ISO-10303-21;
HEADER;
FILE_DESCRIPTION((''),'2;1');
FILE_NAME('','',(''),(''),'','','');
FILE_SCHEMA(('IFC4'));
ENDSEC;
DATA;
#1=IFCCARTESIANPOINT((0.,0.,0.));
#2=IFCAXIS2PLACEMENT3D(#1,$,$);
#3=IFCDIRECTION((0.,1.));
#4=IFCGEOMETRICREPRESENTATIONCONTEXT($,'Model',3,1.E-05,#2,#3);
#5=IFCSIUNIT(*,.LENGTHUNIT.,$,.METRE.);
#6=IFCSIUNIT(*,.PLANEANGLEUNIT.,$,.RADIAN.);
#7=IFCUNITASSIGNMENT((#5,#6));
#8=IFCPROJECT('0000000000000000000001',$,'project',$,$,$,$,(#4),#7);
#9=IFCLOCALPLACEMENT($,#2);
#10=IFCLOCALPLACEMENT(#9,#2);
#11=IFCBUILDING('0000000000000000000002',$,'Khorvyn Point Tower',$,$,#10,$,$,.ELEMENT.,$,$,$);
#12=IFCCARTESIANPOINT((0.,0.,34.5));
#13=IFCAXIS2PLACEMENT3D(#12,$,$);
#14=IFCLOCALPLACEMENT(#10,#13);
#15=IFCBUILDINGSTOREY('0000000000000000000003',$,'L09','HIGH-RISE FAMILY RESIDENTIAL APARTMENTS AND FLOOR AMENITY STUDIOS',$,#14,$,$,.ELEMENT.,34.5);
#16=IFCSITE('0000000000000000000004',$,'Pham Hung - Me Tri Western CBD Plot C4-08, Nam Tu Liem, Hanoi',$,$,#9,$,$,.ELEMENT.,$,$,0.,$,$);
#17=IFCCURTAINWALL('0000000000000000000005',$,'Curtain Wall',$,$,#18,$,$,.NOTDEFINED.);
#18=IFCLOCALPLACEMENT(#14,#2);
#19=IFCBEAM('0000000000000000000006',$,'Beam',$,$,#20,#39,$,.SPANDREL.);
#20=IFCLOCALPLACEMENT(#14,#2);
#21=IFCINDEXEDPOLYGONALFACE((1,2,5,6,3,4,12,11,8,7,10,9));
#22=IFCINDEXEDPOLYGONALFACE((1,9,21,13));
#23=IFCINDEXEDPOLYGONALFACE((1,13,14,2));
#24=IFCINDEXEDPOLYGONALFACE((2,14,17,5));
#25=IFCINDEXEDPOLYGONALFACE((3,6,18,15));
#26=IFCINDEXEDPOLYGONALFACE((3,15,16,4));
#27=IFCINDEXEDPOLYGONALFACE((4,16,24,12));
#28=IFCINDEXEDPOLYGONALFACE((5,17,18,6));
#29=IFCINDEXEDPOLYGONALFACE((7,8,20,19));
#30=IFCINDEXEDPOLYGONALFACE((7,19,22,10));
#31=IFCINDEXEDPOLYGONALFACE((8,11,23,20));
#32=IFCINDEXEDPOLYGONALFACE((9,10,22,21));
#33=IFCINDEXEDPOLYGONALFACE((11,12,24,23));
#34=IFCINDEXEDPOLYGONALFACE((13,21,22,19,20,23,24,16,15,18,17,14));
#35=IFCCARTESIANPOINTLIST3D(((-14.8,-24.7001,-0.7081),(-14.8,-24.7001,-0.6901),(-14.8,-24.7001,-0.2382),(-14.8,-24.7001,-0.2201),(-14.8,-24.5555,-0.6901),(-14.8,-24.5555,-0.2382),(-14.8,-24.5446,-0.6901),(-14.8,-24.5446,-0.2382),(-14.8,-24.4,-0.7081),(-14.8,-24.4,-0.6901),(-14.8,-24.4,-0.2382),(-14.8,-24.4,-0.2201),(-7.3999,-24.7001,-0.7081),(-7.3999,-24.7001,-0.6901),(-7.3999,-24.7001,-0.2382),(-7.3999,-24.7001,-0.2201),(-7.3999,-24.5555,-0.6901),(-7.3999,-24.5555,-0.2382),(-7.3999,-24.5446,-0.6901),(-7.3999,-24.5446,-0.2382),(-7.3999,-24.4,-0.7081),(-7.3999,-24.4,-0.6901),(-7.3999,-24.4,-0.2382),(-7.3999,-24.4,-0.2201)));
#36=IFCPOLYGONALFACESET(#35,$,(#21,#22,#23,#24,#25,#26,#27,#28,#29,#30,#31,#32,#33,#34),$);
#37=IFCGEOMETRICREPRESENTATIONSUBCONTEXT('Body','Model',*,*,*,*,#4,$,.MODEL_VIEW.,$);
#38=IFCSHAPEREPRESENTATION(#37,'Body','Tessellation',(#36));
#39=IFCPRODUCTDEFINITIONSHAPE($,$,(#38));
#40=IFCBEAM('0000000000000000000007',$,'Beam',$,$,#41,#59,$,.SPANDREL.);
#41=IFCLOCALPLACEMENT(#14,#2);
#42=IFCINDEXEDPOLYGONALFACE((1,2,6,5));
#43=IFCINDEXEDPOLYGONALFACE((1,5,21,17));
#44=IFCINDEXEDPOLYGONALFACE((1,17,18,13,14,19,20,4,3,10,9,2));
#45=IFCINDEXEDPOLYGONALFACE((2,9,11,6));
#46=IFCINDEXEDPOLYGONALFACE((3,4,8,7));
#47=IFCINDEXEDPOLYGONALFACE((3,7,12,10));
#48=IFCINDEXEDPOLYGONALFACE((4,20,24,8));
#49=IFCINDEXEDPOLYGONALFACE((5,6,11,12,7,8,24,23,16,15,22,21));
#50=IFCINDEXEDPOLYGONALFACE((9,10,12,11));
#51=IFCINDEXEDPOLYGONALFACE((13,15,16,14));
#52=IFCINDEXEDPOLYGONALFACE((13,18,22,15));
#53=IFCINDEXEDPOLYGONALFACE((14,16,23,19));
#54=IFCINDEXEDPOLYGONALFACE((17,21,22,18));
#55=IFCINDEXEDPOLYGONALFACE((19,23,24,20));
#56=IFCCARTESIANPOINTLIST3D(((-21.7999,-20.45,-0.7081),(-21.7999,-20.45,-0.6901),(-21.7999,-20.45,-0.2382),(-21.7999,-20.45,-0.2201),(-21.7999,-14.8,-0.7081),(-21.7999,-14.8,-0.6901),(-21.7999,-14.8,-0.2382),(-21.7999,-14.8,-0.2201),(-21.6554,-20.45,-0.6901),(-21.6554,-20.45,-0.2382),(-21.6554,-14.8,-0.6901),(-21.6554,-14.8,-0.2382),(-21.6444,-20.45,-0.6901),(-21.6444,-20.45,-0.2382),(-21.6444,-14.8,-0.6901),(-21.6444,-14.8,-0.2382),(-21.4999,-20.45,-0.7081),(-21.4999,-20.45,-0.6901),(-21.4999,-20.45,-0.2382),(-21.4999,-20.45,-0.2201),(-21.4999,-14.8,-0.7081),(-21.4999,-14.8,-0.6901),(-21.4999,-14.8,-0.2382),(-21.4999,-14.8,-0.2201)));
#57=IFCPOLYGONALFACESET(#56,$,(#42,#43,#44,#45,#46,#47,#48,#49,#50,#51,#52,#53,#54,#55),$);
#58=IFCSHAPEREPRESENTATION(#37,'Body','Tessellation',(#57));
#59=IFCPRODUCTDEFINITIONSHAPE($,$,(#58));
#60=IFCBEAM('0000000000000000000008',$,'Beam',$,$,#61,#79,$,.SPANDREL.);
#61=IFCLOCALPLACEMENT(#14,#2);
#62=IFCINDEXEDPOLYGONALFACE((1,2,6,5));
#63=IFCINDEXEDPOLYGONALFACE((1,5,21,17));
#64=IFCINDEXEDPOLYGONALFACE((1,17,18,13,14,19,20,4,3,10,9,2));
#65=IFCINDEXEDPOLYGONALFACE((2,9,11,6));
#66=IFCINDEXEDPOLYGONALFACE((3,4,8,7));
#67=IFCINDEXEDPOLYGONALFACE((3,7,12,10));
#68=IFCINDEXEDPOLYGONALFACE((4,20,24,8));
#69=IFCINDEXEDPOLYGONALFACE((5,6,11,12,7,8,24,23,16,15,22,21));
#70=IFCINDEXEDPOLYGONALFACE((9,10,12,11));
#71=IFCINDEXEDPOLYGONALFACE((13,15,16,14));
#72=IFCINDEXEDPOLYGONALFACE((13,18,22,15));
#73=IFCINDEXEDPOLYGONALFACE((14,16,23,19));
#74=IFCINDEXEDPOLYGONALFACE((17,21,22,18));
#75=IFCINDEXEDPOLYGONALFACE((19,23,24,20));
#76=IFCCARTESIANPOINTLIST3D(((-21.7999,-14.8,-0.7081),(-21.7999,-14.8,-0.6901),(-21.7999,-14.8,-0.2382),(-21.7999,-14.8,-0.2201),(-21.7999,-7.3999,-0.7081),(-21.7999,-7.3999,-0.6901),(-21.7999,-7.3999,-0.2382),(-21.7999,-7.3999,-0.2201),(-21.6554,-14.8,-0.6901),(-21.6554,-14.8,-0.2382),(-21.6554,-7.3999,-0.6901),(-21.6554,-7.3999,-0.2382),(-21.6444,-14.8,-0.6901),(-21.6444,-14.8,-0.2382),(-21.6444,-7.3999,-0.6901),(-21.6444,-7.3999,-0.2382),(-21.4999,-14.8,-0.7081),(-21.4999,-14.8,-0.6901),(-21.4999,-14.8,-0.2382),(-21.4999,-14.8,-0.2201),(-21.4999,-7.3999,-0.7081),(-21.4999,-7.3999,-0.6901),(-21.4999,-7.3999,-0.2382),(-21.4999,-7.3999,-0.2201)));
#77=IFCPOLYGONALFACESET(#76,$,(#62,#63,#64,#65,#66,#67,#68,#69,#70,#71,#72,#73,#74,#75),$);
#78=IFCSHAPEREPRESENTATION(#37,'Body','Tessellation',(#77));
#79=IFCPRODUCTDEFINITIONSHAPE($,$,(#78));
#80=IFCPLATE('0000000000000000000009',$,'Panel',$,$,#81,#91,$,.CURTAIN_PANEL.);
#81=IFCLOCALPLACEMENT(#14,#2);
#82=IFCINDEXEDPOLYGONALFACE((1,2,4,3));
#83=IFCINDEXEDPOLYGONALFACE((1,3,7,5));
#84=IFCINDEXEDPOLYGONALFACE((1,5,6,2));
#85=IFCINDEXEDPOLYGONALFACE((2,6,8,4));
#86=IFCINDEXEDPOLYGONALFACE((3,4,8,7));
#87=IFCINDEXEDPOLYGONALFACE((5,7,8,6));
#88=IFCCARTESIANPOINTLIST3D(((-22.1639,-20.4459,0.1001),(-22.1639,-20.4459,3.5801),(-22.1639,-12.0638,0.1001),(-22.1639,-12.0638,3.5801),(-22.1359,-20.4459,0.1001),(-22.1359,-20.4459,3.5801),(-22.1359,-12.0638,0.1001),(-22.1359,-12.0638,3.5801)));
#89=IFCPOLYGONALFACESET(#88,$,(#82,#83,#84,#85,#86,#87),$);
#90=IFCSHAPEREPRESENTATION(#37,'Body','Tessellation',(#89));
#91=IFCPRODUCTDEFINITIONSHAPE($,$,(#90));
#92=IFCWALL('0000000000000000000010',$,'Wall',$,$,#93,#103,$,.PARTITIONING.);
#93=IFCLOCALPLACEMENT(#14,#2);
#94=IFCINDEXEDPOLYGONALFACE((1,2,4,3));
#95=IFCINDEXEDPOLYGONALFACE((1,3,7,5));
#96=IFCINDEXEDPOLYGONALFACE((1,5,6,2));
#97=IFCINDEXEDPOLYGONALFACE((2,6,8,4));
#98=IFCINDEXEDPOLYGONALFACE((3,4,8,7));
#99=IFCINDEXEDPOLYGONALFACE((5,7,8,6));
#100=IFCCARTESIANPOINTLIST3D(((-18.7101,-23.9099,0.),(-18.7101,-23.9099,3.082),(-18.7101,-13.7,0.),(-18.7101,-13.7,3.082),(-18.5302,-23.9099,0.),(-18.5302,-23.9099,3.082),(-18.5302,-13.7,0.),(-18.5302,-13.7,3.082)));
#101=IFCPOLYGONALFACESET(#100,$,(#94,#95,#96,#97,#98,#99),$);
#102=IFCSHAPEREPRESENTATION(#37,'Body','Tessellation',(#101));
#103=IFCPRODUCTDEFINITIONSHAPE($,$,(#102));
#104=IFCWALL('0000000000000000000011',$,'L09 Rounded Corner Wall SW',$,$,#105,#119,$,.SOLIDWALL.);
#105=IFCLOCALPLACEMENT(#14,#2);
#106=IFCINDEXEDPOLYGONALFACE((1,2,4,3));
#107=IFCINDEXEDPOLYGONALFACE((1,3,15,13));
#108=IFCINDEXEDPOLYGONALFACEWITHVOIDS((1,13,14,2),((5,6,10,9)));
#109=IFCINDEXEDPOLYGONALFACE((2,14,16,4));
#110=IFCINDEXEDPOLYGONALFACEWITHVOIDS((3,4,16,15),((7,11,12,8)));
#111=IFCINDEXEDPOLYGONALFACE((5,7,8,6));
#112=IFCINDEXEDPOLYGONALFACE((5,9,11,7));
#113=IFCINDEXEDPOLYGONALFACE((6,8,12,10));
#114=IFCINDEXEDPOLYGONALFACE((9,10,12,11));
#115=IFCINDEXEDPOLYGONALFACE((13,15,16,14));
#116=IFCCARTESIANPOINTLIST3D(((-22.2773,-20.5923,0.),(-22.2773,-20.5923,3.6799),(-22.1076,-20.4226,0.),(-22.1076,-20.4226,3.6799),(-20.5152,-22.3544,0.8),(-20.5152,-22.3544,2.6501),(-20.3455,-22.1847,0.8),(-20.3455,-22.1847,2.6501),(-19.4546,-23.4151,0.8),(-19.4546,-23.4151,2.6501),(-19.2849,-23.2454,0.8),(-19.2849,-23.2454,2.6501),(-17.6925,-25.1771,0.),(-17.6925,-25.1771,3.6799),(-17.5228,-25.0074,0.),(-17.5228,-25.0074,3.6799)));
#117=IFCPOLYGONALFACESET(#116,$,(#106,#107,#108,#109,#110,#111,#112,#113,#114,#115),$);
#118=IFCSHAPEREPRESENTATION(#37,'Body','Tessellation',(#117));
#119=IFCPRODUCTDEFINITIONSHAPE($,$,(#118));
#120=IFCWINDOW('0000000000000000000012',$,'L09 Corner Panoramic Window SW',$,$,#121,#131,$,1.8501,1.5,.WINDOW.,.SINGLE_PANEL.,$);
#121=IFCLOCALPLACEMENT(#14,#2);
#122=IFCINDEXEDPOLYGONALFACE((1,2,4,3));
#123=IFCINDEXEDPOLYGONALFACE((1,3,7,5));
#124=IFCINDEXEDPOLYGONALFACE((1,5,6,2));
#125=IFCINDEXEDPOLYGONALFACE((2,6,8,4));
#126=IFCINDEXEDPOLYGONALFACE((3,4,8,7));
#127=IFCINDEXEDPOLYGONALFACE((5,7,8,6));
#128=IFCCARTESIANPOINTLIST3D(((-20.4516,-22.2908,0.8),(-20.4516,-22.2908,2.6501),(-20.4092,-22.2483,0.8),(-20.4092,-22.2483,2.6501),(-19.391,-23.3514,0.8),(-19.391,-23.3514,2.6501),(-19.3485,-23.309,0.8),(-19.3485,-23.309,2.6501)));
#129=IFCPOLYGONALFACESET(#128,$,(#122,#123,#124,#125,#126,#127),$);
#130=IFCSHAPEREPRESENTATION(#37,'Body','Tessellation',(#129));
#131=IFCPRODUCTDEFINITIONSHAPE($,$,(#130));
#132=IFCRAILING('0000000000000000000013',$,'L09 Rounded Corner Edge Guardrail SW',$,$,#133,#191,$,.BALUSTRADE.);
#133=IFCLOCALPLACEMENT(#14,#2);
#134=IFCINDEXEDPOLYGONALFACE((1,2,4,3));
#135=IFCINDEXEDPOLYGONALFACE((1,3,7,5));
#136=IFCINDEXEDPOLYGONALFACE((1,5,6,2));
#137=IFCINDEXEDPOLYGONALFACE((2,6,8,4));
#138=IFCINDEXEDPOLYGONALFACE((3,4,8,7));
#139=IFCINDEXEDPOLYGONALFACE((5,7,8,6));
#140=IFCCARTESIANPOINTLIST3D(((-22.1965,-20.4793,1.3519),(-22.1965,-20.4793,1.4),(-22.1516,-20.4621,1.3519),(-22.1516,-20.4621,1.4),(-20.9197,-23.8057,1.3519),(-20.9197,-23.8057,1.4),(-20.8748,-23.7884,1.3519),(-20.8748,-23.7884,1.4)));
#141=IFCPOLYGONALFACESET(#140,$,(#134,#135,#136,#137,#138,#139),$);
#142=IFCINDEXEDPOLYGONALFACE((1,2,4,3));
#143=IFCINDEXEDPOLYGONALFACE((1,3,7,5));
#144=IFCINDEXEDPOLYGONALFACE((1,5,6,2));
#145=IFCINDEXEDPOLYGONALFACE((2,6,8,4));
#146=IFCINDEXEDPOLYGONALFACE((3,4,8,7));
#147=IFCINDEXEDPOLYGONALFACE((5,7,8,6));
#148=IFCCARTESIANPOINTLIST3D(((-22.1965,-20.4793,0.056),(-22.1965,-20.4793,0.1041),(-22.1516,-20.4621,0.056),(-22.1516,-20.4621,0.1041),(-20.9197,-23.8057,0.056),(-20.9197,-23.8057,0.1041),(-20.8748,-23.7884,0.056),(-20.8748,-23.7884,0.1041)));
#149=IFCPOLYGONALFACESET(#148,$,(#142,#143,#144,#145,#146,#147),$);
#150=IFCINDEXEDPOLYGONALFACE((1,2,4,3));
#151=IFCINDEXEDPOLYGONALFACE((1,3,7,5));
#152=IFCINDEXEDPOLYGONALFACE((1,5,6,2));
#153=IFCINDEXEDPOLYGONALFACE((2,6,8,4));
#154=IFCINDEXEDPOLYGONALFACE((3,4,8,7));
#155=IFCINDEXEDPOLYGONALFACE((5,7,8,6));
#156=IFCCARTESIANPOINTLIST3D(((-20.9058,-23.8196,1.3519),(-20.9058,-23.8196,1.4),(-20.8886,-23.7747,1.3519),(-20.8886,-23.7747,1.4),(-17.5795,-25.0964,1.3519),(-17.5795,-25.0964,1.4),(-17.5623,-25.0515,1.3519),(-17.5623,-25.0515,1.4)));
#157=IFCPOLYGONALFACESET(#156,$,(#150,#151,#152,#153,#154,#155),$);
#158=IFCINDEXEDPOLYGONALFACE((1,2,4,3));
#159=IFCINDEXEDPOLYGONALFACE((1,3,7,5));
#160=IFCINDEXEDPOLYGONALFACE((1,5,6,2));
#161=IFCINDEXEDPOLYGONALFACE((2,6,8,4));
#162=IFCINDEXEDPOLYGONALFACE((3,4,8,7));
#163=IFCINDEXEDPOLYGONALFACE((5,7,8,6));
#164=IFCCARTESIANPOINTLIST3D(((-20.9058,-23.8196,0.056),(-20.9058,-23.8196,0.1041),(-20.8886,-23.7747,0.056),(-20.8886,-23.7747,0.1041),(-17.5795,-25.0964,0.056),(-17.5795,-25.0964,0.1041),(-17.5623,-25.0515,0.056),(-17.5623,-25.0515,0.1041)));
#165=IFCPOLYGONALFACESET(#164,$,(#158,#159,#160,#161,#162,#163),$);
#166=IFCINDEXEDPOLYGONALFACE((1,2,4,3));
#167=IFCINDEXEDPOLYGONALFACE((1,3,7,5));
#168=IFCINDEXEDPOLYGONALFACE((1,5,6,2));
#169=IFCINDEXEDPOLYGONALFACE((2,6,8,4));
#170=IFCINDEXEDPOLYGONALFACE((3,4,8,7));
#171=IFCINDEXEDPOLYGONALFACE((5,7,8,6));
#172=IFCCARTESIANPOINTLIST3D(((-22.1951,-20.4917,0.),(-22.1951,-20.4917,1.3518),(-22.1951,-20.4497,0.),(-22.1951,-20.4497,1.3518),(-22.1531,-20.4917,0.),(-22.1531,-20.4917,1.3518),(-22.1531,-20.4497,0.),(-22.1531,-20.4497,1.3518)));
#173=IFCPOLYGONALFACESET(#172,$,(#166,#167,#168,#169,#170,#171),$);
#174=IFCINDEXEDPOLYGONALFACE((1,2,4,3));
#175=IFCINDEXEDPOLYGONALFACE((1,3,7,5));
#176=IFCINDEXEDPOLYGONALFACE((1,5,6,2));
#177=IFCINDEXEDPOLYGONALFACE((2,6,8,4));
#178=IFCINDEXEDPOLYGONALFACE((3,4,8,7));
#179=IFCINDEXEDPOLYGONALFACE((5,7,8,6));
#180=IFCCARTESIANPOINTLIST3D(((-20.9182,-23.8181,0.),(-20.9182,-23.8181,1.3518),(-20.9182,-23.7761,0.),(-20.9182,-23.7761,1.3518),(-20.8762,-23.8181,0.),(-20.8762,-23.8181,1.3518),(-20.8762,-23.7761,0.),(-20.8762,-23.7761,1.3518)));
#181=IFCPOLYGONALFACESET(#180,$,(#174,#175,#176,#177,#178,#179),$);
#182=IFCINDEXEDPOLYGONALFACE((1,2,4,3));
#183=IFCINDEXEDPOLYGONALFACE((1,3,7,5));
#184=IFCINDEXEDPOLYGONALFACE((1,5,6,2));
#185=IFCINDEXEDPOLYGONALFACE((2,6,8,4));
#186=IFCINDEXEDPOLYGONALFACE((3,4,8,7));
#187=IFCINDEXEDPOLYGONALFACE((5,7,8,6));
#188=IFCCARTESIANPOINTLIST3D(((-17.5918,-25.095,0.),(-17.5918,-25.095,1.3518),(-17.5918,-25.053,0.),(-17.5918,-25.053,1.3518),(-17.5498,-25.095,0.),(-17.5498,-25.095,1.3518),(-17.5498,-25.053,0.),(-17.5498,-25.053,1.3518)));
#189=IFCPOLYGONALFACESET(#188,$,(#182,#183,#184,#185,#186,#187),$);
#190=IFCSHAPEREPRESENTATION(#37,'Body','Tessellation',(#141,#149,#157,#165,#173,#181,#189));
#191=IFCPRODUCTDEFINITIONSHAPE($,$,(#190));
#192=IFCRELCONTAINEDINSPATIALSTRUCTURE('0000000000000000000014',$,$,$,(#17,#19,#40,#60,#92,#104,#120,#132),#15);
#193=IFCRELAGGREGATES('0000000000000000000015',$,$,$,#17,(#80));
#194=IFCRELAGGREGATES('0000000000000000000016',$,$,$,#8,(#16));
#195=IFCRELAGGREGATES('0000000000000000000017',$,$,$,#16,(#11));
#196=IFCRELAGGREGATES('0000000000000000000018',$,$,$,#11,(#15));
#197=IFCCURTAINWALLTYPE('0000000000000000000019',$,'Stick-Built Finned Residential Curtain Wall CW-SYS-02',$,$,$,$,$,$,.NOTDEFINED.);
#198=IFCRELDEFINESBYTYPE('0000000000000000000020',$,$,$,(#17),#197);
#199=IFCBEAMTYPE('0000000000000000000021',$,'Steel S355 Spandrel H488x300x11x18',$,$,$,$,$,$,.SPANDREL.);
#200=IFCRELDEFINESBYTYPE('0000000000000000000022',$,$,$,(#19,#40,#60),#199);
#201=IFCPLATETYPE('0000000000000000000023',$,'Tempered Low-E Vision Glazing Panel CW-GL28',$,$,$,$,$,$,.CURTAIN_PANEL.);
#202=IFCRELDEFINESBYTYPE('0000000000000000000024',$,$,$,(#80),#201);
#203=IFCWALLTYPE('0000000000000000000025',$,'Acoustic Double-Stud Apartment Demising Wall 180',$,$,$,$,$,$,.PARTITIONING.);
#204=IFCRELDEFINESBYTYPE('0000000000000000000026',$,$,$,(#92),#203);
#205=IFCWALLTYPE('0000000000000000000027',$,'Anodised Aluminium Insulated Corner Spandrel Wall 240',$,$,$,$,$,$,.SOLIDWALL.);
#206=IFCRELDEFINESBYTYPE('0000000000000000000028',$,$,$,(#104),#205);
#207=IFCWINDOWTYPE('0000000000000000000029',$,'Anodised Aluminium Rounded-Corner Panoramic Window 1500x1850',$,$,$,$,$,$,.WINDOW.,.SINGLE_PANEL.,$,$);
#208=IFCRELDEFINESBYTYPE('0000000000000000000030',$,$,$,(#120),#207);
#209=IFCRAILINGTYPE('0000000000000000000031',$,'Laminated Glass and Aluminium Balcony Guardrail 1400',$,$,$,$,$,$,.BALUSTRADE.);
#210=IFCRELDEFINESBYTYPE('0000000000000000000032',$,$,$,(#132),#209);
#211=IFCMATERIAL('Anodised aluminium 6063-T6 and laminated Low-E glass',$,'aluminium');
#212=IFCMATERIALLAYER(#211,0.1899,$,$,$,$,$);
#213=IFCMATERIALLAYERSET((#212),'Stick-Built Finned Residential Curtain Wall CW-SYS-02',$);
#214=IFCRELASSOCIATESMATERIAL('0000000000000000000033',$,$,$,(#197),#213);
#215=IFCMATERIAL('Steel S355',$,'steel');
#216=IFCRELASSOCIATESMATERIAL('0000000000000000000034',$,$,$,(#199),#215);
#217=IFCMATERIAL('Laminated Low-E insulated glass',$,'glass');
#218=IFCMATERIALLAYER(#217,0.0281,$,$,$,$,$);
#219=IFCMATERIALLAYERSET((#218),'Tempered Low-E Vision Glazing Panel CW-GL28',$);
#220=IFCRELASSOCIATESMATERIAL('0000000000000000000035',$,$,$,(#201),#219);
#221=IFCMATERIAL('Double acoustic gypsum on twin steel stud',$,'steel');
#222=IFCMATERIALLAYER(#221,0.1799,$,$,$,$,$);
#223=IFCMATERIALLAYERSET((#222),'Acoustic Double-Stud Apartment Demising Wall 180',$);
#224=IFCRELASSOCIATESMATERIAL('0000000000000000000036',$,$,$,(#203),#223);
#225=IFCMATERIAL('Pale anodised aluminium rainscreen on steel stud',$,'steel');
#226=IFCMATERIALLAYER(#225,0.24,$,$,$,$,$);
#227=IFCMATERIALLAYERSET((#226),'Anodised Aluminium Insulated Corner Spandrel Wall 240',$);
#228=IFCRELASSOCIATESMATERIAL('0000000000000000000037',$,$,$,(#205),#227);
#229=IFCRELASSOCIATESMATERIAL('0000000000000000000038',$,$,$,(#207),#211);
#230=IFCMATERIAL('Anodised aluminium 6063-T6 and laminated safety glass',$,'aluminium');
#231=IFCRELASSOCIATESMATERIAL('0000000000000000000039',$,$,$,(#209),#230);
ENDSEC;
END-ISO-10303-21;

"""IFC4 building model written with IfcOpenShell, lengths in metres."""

from ifc_helpers import new_model, si_unit, direction, frame, frame_2d, origin, origin_2d, place, context, subcontext, project, spatial, rectangle, i_section, extrude, material, layer, layer_set, material_profile, profile_set, type_object, element, fill, aggregate, save


model = new_model("IFC4")

# Units and contexts
model_context = context("Model", 3, precision=1e-05, world=origin(), true_north=direction((0.0, 1.0)))
body_context = subcontext(model_context, "Body", "Model", "MODEL_VIEW")
ifc_project = project(units=[si_unit("LENGTHUNIT", "METRE"), si_unit("PLANEANGLEUNIT", "RADIAN")], contexts=[model_context])

# Site, building, storey
site_placement = place(None, origin())
site = spatial("IfcSite", under=ifc_project, at=site_placement, Name="Pham Hung - Me Tri Western CBD Plot C4-08, Nam Tu Liem, Hanoi", CompositionType="ELEMENT", RefElevation=0.0)
building_placement = place(site_placement, origin())
building = spatial("IfcBuilding", under=site, at=building_placement, Name="Khorvyn Point Tower", CompositionType="ELEMENT")
storey_placement = place(building_placement, frame((0.0, 0.0, 34.5)))
storey = spatial("IfcBuildingStorey", under=building, at=storey_placement, Name="L09", Description="HIGH-RISE FAMILY RESIDENTIAL APARTMENTS AND FLOOR AMENITY STUDIOS", CompositionType="ELEMENT", Elevation=34.5)

# Shared definitions
ifc_material_1 = material(Name="Anodised aluminium 6063-T6 and laminated Low-E glass", Category="aluminium")
ifc_layer_1 = layer(ifc_material_1, 0.1899)
ifc_layer_set_1 = layer_set([ifc_layer_1], Name="Stick-Built Finned Residential Curtain Wall CW-SYS-02")
curtain_wall_type = type_object("IfcCurtainWallType", Name="Stick-Built Finned Residential Curtain Wall CW-SYS-02", PredefinedType="NOTDEFINED", material=ifc_layer_set_1)

# Curtain wall
curtain_wall_1_placement = place(storey_placement, origin())
curtain_wall_1 = element("IfcCurtainWall", 1, at=curtain_wall_1_placement, inside=storey, type_object=curtain_wall_type, Name="Curtain Wall", PredefinedType="NOTDEFINED")

# Beams
ifc_material_2 = material(Name="Steel S355", Category="steel")
ifc_material_profile_1 = material_profile(ifc_material_2, i_section(OverallWidth=0.3, OverallDepth=0.488, WebThickness=0.011, FlangeThickness=0.0181, at=origin_2d()))
ifc_profile_set_1 = profile_set([ifc_material_profile_1], Name="Steel S355 H488x300x11x18")
beam_type_1 = type_object("IfcBeamType", Name="Steel S355 Spandrel H488x300x11x18", PredefinedType="SPANDREL", material=ifc_profile_set_1)
beam_1_placement = place(storey_placement, frame((-14.8, -24.55, -0.4641), z_axis=(1.0, 0.0, 0.0), x_axis=(0.0, 1.0, 0.0)))
element("IfcBeam", 2, at=beam_1_placement, inside=storey, type_object=beam_type_1, Name="Beam", PredefinedType="SPANDREL", context=body_context, shape_type="SweptSolid", body=[
    extrude(i_section(OverallWidth=0.3, OverallDepth=0.488, WebThickness=0.011, FlangeThickness=0.0181, at=origin_2d()), origin(), (0.0, 0.0, 1.0), 7.4001),
])
beam_2_placement = place(storey_placement, frame((-21.6499, -20.45, -0.4641), z_axis=(0.0, 1.0, 0.0), x_axis=(-1.0, 0.0, 0.0)))
element("IfcBeam", 3, at=beam_2_placement, inside=storey, type_object=beam_type_1, Name="Beam", PredefinedType="SPANDREL", context=body_context, shape_type="SweptSolid", body=[
    extrude(i_section(OverallWidth=0.3, OverallDepth=0.488, WebThickness=0.011, FlangeThickness=0.0181, at=origin_2d()), origin(), (0.0, 0.0, 1.0), 5.6499),
])
beam_3_placement = place(storey_placement, frame((-21.6499, -14.8, -0.4641), z_axis=(0.0, 1.0, 0.0), x_axis=(-1.0, 0.0, 0.0)))
element("IfcBeam", 4, at=beam_3_placement, inside=storey, type_object=beam_type_1, Name="Beam", PredefinedType="SPANDREL", context=body_context, shape_type="SweptSolid", body=[
    extrude(i_section(OverallWidth=0.3, OverallDepth=0.488, WebThickness=0.011, FlangeThickness=0.0181, at=origin_2d()), origin(), (0.0, 0.0, 1.0), 7.4001),
])

# Plate
ifc_material_3 = material(Name="Laminated Low-E insulated glass", Category="glass")
ifc_layer_2 = layer(ifc_material_3, 0.0281)
ifc_layer_set_2 = layer_set([ifc_layer_2], Name="Tempered Low-E Vision Glazing Panel CW-GL28")
plate_type = type_object("IfcPlateType", Name="Tempered Low-E Vision Glazing Panel CW-GL28", PredefinedType="CURTAIN_PANEL", material=ifc_layer_set_2)
plate_placement = place(storey_placement, frame((-22.1499, -16.2549, 0.1001), z_axis=(0.0, 0.0, 1.0), x_axis=(0.0, 1.0, 0.0)))
plate = element("IfcPlate", 5, at=plate_placement, type_object=plate_type, Name="Panel", PredefinedType="CURTAIN_PANEL", context=body_context, shape_type="SweptSolid", body=[
    extrude(rectangle(XDim=8.3821, YDim=0.0281, at=origin_2d()), origin(), (0.0, 0.0, 1.0), 3.48),
])
aggregate(curtain_wall_1, [plate])

# Wall
ifc_material_4 = material(Name="Double acoustic gypsum on twin steel stud", Category="steel")
ifc_layer_3 = layer(ifc_material_4, 0.1799)
ifc_layer_set_3 = layer_set([ifc_layer_3], Name="Acoustic Double-Stud Apartment Demising Wall 180")
wall_type_1 = type_object("IfcWallType", Name="Acoustic Double-Stud Apartment Demising Wall 180", PredefinedType="PARTITIONING", material=ifc_layer_set_3)
wall_1_placement = place(storey_placement, frame((-18.6201, -23.9099, 0.0), z_axis=(0.0, 0.0, 1.0), x_axis=(0.0, 1.0, 0.0)))
element("IfcWall", 6, at=wall_1_placement, inside=storey, type_object=wall_type_1, Name="Wall", PredefinedType="PARTITIONING", context=body_context, shape_type="SweptSolid", body=[
    extrude(rectangle(XDim=10.21, YDim=0.1799, at=frame_2d((5.105, 0.0))), origin(), (0.0, 0.0, 1.0), 3.082),
])

# Wall, opening, window
ifc_material_5 = material(Name="Pale anodised aluminium rainscreen on steel stud", Category="steel")
ifc_layer_4 = layer(ifc_material_5, 0.24)
ifc_layer_set_4 = layer_set([ifc_layer_4], Name="Anodised Aluminium Insulated Corner Spandrel Wall 240")
wall_type_2 = type_object("IfcWallType", Name="Anodised Aluminium Insulated Corner Spandrel Wall 240", PredefinedType="SOLIDWALL", material=ifc_layer_set_4)
wall_2_placement = place(storey_placement, frame((-17.6077, -25.0923, 0.0), z_axis=(0.0, 0.0, 1.0), x_axis=(-0.707107, 0.707107, 0.0)))
wall_2 = element("IfcWall", 7, at=wall_2_placement, inside=storey, type_object=wall_type_2, Name="L09 Rounded Corner Wall SW", PredefinedType="SOLIDWALL", context=body_context, shape_type="SweptSolid", body=[
    extrude(rectangle(XDim=6.4839, YDim=0.24, at=frame_2d((3.2419, 0.0))), origin(), (0.0, 0.0, 1.0), 3.6799),
])
opening_placement = place(wall_2_placement, frame((2.4919, 0.0, 0.8)))
opening = element("IfcOpeningElement", 8, at=opening_placement, cuts=wall_2, PredefinedType="OPENING", context=body_context, shape_type="SweptSolid", body=[
    extrude(rectangle(XDim=1.5, YDim=1.8501, at=frame_2d((0.75, 0.925))), frame((0.0, 0.1299, 0.0), z_axis=(0.0, -1.0, 0.0), x_axis=(1.0, 0.0, 0.0)), (0.0, 0.0, 1.0), 0.26),
])
window_type = type_object("IfcWindowType", Name="Anodised Aluminium Rounded-Corner Panoramic Window 1500x1850", PartitioningType="SINGLE_PANEL", PredefinedType="WINDOW", material=ifc_material_1)
window_placement = place(opening_placement, origin())
window = element("IfcWindow", 9, at=window_placement, inside=storey, type_object=window_type, Name="L09 Corner Panoramic Window SW", OverallHeight=1.8501, OverallWidth=1.5, PartitioningType="SINGLE_PANEL", PredefinedType="WINDOW", context=body_context, shape_type="SweptSolid", body=[
    extrude(rectangle(XDim=1.5, YDim=1.8501, at=frame_2d((0.75, 0.925))), frame((0.0, 0.03, 0.0), z_axis=(0.0, -1.0, 0.0), x_axis=(1.0, 0.0, 0.0)), (0.0, 0.0, 1.0), 0.0601),
])
fill(opening, window)

# Railing
ifc_material_6 = material(Name="Anodised aluminium 6063-T6 and laminated safety glass", Category="aluminium")
railing_type = type_object("IfcRailingType", Name="Laminated Glass and Aluminium Balcony Guardrail 1400", PredefinedType="BALUSTRADE", material=ifc_material_6)
railing_placement = place(storey_placement, frame((-22.1741, -20.4707, 0.0)))
element("IfcRailing", 10, at=railing_placement, inside=storey, type_object=railing_type, Name="L09 Rounded Corner Edge Guardrail SW", PredefinedType="BALUSTRADE", context=body_context, shape_type="SweptSolid", body=[
    extrude(rectangle(XDim=0.0481, YDim=0.0481, at=origin_2d()), frame((0.0, 0.0, 1.376), z_axis=(0.358359, -0.933584, 0.0), x_axis=(0.933584, 0.358359, 0.0)), (0.0, 0.0, 1.0), 3.563),
    extrude(rectangle(XDim=0.0481, YDim=0.0481, at=origin_2d()), frame((0.0, 0.0, 0.0801), z_axis=(0.358359, -0.933584, 0.0), x_axis=(0.933584, 0.358359, 0.0)), (0.0, 0.0, 1.0), 3.563),
    extrude(rectangle(XDim=0.0481, YDim=0.0481, at=origin_2d()), frame((1.2769, -3.3264, 1.376), z_axis=(0.933584, -0.358359, 0.0), x_axis=(0.358359, 0.933584, 0.0)), (0.0, 0.0, 1.0), 3.563),
    extrude(rectangle(XDim=0.0481, YDim=0.0481, at=origin_2d()), frame((1.2769, -3.3264, 0.0801), z_axis=(0.933584, -0.358359, 0.0), x_axis=(0.358359, 0.933584, 0.0)), (0.0, 0.0, 1.0), 3.563),
    extrude(rectangle(XDim=0.042, YDim=0.042, at=origin_2d()), origin(), (0.0, 0.0, 1.0), 1.3518),
    extrude(rectangle(XDim=0.042, YDim=0.042, at=origin_2d()), frame((1.2769, -3.3264, 0.0)), (0.0, 0.0, 1.0), 1.3518),
    extrude(rectangle(XDim=0.042, YDim=0.042, at=origin_2d()), frame((4.6033, -4.6033, 0.0)), (0.0, 0.0, 1.0), 1.3518),
])

save(model, "model.ifc")
